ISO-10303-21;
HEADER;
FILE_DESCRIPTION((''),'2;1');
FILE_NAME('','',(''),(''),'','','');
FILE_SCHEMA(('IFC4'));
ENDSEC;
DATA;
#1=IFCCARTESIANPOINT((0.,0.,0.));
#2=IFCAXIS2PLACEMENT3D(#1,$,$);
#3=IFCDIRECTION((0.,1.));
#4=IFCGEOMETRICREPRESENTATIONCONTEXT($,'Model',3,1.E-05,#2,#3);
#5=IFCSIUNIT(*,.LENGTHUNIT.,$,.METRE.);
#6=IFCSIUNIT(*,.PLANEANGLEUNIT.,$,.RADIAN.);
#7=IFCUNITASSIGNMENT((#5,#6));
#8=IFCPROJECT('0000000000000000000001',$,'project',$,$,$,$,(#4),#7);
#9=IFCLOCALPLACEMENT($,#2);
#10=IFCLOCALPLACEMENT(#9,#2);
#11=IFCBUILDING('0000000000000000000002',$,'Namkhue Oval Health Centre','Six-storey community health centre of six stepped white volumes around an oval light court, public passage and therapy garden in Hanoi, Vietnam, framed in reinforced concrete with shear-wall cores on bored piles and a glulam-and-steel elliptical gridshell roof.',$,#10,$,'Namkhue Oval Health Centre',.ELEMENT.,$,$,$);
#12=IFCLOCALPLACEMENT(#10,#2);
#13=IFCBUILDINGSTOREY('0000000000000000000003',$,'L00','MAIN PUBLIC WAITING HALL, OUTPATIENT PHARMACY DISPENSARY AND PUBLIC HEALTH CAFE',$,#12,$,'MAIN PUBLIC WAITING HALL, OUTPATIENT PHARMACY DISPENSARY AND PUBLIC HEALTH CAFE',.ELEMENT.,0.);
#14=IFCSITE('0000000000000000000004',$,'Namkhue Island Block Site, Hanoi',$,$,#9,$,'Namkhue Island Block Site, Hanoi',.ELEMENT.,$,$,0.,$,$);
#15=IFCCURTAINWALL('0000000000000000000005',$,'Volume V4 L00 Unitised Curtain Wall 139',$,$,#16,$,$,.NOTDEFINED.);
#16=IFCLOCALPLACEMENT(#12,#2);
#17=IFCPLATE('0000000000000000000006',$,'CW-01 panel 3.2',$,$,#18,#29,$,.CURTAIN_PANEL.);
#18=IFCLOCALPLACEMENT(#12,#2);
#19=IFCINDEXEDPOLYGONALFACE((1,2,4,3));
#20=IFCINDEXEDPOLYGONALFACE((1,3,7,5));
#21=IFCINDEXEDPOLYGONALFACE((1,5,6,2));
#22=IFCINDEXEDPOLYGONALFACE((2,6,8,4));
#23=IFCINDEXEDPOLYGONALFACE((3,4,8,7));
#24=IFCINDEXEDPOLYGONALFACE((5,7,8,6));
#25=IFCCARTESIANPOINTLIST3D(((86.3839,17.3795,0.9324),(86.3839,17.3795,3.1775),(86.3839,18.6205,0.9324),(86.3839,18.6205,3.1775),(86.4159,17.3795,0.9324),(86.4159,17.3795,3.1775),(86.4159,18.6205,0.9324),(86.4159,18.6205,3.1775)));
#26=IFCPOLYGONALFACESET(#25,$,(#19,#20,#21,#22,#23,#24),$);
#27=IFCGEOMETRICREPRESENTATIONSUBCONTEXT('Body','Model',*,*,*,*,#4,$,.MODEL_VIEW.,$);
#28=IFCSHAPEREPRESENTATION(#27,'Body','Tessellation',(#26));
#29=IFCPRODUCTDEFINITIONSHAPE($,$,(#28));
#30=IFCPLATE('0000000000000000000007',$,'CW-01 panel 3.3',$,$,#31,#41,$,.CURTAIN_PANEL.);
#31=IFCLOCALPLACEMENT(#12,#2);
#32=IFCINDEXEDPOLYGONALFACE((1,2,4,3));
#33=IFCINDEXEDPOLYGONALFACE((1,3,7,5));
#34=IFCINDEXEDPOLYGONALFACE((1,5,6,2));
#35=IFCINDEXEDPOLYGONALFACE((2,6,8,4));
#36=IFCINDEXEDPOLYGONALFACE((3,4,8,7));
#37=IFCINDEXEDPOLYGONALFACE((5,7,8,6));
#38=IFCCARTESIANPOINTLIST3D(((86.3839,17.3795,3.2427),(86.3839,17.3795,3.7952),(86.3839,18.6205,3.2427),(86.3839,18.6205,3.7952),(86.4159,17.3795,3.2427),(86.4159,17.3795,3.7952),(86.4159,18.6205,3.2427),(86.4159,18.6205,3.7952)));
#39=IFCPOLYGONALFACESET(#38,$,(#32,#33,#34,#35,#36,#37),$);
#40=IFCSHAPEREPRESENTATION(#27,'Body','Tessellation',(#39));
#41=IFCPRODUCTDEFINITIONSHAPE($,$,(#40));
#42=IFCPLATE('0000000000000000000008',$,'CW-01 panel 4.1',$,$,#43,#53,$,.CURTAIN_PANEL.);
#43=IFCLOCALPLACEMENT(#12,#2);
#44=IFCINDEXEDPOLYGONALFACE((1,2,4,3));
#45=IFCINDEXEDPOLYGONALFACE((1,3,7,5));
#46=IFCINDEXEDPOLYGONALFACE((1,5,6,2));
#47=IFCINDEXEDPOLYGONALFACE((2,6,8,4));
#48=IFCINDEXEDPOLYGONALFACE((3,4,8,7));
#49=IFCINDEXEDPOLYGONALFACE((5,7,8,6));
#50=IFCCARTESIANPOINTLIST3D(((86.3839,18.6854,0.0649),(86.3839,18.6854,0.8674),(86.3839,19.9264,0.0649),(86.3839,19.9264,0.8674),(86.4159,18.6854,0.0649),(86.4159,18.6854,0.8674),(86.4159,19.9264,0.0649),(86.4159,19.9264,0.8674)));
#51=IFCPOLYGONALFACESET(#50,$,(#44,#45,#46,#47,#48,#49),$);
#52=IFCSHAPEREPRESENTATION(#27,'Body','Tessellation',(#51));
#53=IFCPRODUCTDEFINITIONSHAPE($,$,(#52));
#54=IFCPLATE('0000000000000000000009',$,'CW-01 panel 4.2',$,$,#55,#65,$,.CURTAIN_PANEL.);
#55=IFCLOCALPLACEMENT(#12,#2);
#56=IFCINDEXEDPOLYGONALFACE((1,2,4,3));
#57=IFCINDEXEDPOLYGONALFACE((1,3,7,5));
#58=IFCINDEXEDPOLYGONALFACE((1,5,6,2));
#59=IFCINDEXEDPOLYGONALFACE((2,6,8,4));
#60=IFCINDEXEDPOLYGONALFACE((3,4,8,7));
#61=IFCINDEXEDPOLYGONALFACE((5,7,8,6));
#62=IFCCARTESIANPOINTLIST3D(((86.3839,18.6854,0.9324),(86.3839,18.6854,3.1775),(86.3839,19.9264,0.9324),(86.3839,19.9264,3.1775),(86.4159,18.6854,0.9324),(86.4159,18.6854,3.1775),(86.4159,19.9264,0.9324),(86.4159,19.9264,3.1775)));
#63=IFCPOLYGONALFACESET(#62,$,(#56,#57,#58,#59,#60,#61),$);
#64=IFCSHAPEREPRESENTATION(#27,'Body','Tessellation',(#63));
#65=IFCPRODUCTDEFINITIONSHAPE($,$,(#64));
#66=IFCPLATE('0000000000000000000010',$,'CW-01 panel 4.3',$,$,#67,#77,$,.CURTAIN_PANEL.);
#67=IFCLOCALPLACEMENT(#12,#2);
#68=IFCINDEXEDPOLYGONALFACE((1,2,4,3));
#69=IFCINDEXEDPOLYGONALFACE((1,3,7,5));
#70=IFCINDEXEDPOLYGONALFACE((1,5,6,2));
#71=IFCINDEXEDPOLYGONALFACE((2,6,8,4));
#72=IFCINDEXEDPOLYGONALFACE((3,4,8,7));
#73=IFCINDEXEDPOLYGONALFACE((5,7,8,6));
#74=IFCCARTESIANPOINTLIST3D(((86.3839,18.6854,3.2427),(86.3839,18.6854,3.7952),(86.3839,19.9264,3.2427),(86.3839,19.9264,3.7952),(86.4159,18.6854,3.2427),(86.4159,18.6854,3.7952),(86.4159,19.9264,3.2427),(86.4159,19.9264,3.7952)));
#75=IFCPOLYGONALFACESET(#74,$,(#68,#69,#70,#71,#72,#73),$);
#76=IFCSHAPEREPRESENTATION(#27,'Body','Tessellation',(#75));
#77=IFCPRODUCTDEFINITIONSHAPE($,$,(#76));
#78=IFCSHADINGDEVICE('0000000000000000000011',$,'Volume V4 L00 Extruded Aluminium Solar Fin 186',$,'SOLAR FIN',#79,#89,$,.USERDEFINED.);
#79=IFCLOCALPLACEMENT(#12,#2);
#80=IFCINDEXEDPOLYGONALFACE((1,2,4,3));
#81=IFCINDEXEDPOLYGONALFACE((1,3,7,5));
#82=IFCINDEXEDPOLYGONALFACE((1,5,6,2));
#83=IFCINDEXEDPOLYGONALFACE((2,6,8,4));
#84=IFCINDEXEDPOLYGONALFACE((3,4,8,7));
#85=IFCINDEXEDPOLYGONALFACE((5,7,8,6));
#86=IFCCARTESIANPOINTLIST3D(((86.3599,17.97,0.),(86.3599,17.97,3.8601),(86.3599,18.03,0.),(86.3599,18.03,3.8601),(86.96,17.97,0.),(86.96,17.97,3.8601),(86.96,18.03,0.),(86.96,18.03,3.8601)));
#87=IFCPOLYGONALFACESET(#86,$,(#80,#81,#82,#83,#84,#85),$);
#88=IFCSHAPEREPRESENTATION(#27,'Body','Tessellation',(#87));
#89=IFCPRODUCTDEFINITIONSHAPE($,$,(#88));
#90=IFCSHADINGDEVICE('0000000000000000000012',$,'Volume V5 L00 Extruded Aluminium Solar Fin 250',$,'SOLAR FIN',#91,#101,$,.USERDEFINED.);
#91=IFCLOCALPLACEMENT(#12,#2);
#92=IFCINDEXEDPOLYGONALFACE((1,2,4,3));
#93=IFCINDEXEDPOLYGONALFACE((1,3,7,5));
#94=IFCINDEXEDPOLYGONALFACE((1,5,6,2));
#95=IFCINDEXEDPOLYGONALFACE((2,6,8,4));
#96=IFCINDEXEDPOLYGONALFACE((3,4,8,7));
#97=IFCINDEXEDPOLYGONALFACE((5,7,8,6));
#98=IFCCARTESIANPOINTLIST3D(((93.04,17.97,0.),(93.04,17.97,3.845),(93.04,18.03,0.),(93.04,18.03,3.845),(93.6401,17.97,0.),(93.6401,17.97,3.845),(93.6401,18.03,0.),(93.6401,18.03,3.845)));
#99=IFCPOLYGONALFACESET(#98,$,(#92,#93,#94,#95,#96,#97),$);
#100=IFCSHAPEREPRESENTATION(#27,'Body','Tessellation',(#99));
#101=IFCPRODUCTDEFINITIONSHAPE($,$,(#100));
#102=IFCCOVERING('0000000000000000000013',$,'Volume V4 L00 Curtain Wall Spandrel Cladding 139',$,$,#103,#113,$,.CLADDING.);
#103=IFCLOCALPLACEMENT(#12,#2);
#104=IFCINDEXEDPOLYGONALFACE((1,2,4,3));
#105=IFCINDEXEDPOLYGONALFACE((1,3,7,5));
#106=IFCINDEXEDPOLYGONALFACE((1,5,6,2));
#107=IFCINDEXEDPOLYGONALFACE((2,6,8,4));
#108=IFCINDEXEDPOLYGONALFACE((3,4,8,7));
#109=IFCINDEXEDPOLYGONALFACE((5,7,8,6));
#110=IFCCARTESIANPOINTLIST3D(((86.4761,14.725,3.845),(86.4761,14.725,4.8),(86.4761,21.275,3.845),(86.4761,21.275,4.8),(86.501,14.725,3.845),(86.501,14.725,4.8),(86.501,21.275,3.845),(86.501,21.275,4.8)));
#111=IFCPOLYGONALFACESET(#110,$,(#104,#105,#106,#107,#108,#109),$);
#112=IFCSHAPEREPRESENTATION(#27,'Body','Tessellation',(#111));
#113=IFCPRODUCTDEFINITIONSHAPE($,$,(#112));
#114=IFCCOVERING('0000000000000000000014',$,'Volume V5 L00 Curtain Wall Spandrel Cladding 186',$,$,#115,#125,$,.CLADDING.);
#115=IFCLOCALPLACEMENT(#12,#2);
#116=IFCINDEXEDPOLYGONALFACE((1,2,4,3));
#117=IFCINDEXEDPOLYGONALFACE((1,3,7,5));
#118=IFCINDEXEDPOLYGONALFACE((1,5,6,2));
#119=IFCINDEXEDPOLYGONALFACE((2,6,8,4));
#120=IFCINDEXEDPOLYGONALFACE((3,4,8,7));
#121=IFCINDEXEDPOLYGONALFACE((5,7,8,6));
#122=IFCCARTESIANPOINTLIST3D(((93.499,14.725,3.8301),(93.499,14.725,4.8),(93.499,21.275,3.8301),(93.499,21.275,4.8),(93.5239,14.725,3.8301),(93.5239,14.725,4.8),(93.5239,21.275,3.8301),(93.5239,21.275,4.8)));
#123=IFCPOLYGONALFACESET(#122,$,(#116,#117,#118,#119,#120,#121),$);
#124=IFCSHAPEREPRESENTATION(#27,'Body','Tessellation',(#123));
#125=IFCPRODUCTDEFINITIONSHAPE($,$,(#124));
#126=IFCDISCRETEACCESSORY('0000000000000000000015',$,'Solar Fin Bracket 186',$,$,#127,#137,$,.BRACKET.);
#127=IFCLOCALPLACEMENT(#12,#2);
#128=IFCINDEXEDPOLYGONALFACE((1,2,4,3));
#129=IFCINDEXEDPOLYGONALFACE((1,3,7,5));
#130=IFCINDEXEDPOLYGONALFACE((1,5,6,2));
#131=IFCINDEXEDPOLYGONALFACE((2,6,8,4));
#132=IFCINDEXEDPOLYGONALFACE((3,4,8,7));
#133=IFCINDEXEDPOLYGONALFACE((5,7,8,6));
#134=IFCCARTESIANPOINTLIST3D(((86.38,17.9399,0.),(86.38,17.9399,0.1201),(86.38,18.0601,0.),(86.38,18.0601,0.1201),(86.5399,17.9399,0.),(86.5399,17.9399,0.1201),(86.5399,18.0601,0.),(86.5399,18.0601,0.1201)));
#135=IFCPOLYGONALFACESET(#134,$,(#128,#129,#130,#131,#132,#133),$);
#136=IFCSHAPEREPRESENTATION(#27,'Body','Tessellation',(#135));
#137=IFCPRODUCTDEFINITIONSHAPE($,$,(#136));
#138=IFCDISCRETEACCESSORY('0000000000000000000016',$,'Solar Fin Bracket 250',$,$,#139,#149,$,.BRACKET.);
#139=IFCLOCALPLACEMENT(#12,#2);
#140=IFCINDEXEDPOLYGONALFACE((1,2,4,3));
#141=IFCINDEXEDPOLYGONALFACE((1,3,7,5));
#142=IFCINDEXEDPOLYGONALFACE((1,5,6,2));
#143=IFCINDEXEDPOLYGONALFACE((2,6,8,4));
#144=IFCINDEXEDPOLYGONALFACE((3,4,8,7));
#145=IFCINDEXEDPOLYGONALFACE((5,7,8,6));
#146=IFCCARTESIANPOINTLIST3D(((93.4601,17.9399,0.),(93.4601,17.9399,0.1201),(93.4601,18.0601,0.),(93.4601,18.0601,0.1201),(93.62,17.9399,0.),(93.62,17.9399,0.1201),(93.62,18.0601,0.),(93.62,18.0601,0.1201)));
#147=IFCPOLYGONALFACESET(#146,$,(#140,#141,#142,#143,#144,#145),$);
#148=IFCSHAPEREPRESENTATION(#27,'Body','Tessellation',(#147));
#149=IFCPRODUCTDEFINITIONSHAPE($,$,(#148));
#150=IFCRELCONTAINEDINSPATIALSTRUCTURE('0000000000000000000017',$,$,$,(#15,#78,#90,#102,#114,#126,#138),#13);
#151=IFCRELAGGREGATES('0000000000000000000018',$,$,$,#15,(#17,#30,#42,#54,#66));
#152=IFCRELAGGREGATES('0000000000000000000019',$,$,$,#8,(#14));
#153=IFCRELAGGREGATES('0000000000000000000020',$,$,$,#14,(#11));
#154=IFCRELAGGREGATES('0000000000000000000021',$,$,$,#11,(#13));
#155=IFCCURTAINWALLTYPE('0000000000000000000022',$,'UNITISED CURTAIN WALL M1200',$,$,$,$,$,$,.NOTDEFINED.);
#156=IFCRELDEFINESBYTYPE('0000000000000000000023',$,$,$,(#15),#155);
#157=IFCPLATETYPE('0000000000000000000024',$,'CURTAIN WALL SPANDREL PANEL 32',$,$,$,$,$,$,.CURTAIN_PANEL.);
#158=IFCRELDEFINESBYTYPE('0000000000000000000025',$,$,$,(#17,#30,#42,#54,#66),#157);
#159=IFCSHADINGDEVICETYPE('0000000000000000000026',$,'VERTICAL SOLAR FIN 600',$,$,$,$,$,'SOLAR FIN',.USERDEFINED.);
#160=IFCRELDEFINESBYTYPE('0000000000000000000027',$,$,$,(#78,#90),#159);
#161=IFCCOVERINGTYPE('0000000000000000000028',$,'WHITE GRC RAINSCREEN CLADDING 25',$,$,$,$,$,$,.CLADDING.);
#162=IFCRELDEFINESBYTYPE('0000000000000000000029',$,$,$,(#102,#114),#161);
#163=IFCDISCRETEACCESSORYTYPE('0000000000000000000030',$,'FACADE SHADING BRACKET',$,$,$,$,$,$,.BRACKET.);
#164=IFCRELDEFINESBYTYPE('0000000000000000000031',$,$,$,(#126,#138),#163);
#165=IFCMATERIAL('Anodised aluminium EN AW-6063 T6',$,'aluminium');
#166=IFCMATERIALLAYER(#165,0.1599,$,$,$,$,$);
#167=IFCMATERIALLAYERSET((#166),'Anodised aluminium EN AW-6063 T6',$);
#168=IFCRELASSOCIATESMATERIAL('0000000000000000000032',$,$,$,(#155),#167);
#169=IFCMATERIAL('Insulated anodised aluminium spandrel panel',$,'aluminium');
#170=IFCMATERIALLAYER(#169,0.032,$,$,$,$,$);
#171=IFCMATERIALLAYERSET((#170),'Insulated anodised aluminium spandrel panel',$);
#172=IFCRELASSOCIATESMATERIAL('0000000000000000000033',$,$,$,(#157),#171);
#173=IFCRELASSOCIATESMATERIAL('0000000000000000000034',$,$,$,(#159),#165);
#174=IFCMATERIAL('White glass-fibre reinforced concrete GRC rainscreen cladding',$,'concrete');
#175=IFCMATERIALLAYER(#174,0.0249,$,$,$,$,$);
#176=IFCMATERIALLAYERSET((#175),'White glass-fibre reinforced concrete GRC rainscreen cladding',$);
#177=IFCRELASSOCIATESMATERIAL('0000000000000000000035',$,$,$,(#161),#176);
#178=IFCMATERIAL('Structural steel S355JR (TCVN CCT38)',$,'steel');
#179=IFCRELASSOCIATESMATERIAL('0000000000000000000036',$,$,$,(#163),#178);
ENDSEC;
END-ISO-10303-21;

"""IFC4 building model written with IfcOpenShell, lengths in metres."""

from ifc_helpers import new_model, si_unit, direction, frame, origin, origin_2d, place, context, subcontext, project, spatial, rectangle, extrude, material, layer, layer_set, type_object, element, aggregate, save


model = new_model("IFC4")

# Units and contexts
model_context = context("Model", 3, precision=1e-05, world=origin(), true_north=direction((0.0, 1.0)))
body_context = subcontext(model_context, "Body", "Model", "MODEL_VIEW")
ifc_project = project(units=[si_unit("LENGTHUNIT", "METRE"), si_unit("PLANEANGLEUNIT", "RADIAN")], contexts=[model_context])

# Site, building, storey
site_placement = place(None, origin())
site = spatial("IfcSite", under=ifc_project, at=site_placement, Name="Namkhue Island Block Site, Hanoi", LongName="Namkhue Island Block Site, Hanoi", CompositionType="ELEMENT", RefElevation=0.0)
building_placement = place(site_placement, origin())
building = spatial("IfcBuilding", under=site, at=building_placement, Name="Namkhue Oval Health Centre", Description="Six-storey community health centre of six stepped white volumes around an oval light court, public passage and therapy garden in Hanoi, Vietnam, framed in reinforced concrete with shear-wall cores on bored piles and a glulam-and-steel elliptical gridshell roof.", LongName="Namkhue Oval Health Centre", CompositionType="ELEMENT")
storey_placement = place(building_placement, origin())
storey = spatial("IfcBuildingStorey", under=building, at=storey_placement, Name="L00", Description="MAIN PUBLIC WAITING HALL, OUTPATIENT PHARMACY DISPENSARY AND PUBLIC HEALTH CAFE", LongName="MAIN PUBLIC WAITING HALL, OUTPATIENT PHARMACY DISPENSARY AND PUBLIC HEALTH CAFE", CompositionType="ELEMENT", Elevation=0.0)

# Curtain wall
ifc_material_1 = material(Name="Anodised aluminium EN AW-6063 T6", Category="aluminium")
ifc_layer_1 = layer(ifc_material_1, 0.1599)
ifc_layer_set_1 = layer_set([ifc_layer_1], Name="Anodised aluminium EN AW-6063 T6")
curtain_wall_type_1 = type_object("IfcCurtainWallType", Name="UNITISED CURTAIN WALL M1200", PredefinedType="NOTDEFINED", material=ifc_layer_set_1)
curtain_wall_1_placement = place(storey_placement, origin())
curtain_wall_1 = element("IfcCurtainWall", 1, at=curtain_wall_1_placement, inside=storey, type_object=curtain_wall_type_1, Name="Volume V4 L00 Unitised Curtain Wall 139", PredefinedType="NOTDEFINED")

# Plates
ifc_material_2 = material(Name="Insulated anodised aluminium spandrel panel", Category="aluminium")
ifc_layer_2 = layer(ifc_material_2, 0.032)
ifc_layer_set_2 = layer_set([ifc_layer_2], Name="Insulated anodised aluminium spandrel panel")
plate_type_1 = type_object("IfcPlateType", Name="CURTAIN WALL SPANDREL PANEL 32", PredefinedType="CURTAIN_PANEL", material=ifc_layer_set_2)
plate_1_placement = place(storey_placement, frame((86.3999, 18.0, 0.9324), z_axis=(0.0, 0.0, 1.0), x_axis=(0.0, 1.0, 0.0)))
plate_1 = element("IfcPlate", 2, at=plate_1_placement, type_object=plate_type_1, Name="CW-01 panel 3.2", PredefinedType="CURTAIN_PANEL", context=body_context, shape_type="SweptSolid", body=[
    extrude(rectangle(XDim=1.241, YDim=0.032, at=origin_2d()), origin(), (0.0, 0.0, 1.0), 2.2451),
])
plate_2_placement = place(storey_placement, frame((86.3999, 18.0, 3.2427), z_axis=(0.0, 0.0, 1.0), x_axis=(0.0, 1.0, 0.0)))
plate_2 = element("IfcPlate", 3, at=plate_2_placement, type_object=plate_type_1, Name="CW-01 panel 3.3", PredefinedType="CURTAIN_PANEL", context=body_context, shape_type="SweptSolid", body=[
    extrude(rectangle(XDim=1.241, YDim=0.032, at=origin_2d()), origin(), (0.0, 0.0, 1.0), 0.5525),
])
plate_3_placement = place(storey_placement, frame((86.3999, 19.3059, 0.0649), z_axis=(0.0, 0.0, 1.0), x_axis=(0.0, 1.0, 0.0)))
plate_3 = element("IfcPlate", 4, at=plate_3_placement, type_object=plate_type_1, Name="CW-01 panel 4.1", PredefinedType="CURTAIN_PANEL", context=body_context, shape_type="SweptSolid", body=[
    extrude(rectangle(XDim=1.241, YDim=0.032, at=origin_2d()), origin(), (0.0, 0.0, 1.0), 0.8025),
])
plate_4_placement = place(storey_placement, frame((86.3999, 19.3059, 0.9324), z_axis=(0.0, 0.0, 1.0), x_axis=(0.0, 1.0, 0.0)))
plate_4 = element("IfcPlate", 5, at=plate_4_placement, type_object=plate_type_1, Name="CW-01 panel 4.2", PredefinedType="CURTAIN_PANEL", context=body_context, shape_type="SweptSolid", body=[
    extrude(rectangle(XDim=1.241, YDim=0.032, at=origin_2d()), origin(), (0.0, 0.0, 1.0), 2.2451),
])
plate_5_placement = place(storey_placement, frame((86.3999, 19.3059, 3.2427), z_axis=(0.0, 0.0, 1.0), x_axis=(0.0, 1.0, 0.0)))
plate_5 = element("IfcPlate", 6, at=plate_5_placement, type_object=plate_type_1, Name="CW-01 panel 4.3", PredefinedType="CURTAIN_PANEL", context=body_context, shape_type="SweptSolid", body=[
    extrude(rectangle(XDim=1.241, YDim=0.032, at=origin_2d()), origin(), (0.0, 0.0, 1.0), 0.5525),
])
aggregate(curtain_wall_1, [plate_1, plate_2, plate_3, plate_4, plate_5])

# Shading devices
shading_device_type = type_object("IfcShadingDeviceType", Name="VERTICAL SOLAR FIN 600", ElementType="SOLAR FIN", PredefinedType="USERDEFINED", material=ifc_material_1)
shading_device_1_placement = place(storey_placement, frame((86.6599, 18.0, 0.0), z_axis=(0.0, 0.0, 1.0), x_axis=(1.0, 0.0, 0.0)))
element("IfcShadingDevice", 7, at=shading_device_1_placement, inside=storey, type_object=shading_device_type, Name="Volume V4 L00 Extruded Aluminium Solar Fin 186", ObjectType="SOLAR FIN", PredefinedType="USERDEFINED", context=body_context, shape_type="SweptSolid", body=[
    extrude(rectangle(XDim=0.6001, YDim=0.0601, at=origin_2d()), origin(), (0.0, 0.0, 1.0), 3.8601),
])
shading_device_2_placement = place(storey_placement, frame((93.3401, 18.0, 0.0), z_axis=(0.0, 0.0, 1.0), x_axis=(-1.0, 0.0, 0.0)))
element("IfcShadingDevice", 8, at=shading_device_2_placement, inside=storey, type_object=shading_device_type, Name="Volume V5 L00 Extruded Aluminium Solar Fin 250", ObjectType="SOLAR FIN", PredefinedType="USERDEFINED", context=body_context, shape_type="SweptSolid", body=[
    extrude(rectangle(XDim=0.6001, YDim=0.0601, at=origin_2d()), origin(), (0.0, 0.0, 1.0), 3.845),
])

# Coverings
ifc_material_3 = material(Name="White glass-fibre reinforced concrete GRC rainscreen cladding", Category="concrete")
ifc_layer_3 = layer(ifc_material_3, 0.0249)
ifc_layer_set_3 = layer_set([ifc_layer_3], Name="White glass-fibre reinforced concrete GRC rainscreen cladding")
covering_type = type_object("IfcCoveringType", Name="WHITE GRC RAINSCREEN CLADDING 25", PredefinedType="CLADDING", material=ifc_layer_set_3)
covering_1_placement = place(storey_placement, frame((86.4885, 18.0, 3.845), z_axis=(0.0, 0.0, 1.0), x_axis=(0.0, 1.0, 0.0)))
element("IfcCovering", 9, at=covering_1_placement, inside=storey, type_object=covering_type, Name="Volume V4 L00 Curtain Wall Spandrel Cladding 139", PredefinedType="CLADDING", context=body_context, shape_type="SweptSolid", body=[
    extrude(rectangle(XDim=6.55, YDim=0.0249, at=origin_2d()), origin(), (0.0, 0.0, 1.0), 0.9551),
])
covering_2_placement = place(storey_placement, frame((93.5115, 18.0, 3.8301), z_axis=(0.0, 0.0, 1.0), x_axis=(0.0, -1.0, 0.0)))
element("IfcCovering", 10, at=covering_2_placement, inside=storey, type_object=covering_type, Name="Volume V5 L00 Curtain Wall Spandrel Cladding 186", PredefinedType="CLADDING", context=body_context, shape_type="SweptSolid", body=[
    extrude(rectangle(XDim=6.55, YDim=0.0249, at=origin_2d()), origin(), (0.0, 0.0, 1.0), 0.97),
])

# Discrete accessories
ifc_material_4 = material(Name="Structural steel S355JR (TCVN CCT38)", Category="steel")
discrete_accessory_type = type_object("IfcDiscreteAccessoryType", Name="FACADE SHADING BRACKET", PredefinedType="BRACKET", material=ifc_material_4)
for number, where, z_axis, x_axis, name in (
    (11, (86.46, 18.0, 0.0), (0.0, 0.0, 1.0), (1.0, 0.0, 0.0), "Solar Fin Bracket 186"),
    (12, (93.54, 18.0, 0.0), (0.0, 0.0, 1.0), (-1.0, 0.0, 0.0), "Solar Fin Bracket 250"),
):
    element("IfcDiscreteAccessory", number, at=place(storey_placement, frame(where, z_axis=z_axis, x_axis=x_axis)), inside=storey, type_object=discrete_accessory_type, Name=name, PredefinedType="BRACKET", context=body_context, shape_type="SweptSolid", body=[
        extrude(rectangle(XDim=0.1599, YDim=0.1201, at=origin_2d()), origin(), (0.0, 0.0, 1.0), 0.1201),
    ])

save(model, "model.ifc")
